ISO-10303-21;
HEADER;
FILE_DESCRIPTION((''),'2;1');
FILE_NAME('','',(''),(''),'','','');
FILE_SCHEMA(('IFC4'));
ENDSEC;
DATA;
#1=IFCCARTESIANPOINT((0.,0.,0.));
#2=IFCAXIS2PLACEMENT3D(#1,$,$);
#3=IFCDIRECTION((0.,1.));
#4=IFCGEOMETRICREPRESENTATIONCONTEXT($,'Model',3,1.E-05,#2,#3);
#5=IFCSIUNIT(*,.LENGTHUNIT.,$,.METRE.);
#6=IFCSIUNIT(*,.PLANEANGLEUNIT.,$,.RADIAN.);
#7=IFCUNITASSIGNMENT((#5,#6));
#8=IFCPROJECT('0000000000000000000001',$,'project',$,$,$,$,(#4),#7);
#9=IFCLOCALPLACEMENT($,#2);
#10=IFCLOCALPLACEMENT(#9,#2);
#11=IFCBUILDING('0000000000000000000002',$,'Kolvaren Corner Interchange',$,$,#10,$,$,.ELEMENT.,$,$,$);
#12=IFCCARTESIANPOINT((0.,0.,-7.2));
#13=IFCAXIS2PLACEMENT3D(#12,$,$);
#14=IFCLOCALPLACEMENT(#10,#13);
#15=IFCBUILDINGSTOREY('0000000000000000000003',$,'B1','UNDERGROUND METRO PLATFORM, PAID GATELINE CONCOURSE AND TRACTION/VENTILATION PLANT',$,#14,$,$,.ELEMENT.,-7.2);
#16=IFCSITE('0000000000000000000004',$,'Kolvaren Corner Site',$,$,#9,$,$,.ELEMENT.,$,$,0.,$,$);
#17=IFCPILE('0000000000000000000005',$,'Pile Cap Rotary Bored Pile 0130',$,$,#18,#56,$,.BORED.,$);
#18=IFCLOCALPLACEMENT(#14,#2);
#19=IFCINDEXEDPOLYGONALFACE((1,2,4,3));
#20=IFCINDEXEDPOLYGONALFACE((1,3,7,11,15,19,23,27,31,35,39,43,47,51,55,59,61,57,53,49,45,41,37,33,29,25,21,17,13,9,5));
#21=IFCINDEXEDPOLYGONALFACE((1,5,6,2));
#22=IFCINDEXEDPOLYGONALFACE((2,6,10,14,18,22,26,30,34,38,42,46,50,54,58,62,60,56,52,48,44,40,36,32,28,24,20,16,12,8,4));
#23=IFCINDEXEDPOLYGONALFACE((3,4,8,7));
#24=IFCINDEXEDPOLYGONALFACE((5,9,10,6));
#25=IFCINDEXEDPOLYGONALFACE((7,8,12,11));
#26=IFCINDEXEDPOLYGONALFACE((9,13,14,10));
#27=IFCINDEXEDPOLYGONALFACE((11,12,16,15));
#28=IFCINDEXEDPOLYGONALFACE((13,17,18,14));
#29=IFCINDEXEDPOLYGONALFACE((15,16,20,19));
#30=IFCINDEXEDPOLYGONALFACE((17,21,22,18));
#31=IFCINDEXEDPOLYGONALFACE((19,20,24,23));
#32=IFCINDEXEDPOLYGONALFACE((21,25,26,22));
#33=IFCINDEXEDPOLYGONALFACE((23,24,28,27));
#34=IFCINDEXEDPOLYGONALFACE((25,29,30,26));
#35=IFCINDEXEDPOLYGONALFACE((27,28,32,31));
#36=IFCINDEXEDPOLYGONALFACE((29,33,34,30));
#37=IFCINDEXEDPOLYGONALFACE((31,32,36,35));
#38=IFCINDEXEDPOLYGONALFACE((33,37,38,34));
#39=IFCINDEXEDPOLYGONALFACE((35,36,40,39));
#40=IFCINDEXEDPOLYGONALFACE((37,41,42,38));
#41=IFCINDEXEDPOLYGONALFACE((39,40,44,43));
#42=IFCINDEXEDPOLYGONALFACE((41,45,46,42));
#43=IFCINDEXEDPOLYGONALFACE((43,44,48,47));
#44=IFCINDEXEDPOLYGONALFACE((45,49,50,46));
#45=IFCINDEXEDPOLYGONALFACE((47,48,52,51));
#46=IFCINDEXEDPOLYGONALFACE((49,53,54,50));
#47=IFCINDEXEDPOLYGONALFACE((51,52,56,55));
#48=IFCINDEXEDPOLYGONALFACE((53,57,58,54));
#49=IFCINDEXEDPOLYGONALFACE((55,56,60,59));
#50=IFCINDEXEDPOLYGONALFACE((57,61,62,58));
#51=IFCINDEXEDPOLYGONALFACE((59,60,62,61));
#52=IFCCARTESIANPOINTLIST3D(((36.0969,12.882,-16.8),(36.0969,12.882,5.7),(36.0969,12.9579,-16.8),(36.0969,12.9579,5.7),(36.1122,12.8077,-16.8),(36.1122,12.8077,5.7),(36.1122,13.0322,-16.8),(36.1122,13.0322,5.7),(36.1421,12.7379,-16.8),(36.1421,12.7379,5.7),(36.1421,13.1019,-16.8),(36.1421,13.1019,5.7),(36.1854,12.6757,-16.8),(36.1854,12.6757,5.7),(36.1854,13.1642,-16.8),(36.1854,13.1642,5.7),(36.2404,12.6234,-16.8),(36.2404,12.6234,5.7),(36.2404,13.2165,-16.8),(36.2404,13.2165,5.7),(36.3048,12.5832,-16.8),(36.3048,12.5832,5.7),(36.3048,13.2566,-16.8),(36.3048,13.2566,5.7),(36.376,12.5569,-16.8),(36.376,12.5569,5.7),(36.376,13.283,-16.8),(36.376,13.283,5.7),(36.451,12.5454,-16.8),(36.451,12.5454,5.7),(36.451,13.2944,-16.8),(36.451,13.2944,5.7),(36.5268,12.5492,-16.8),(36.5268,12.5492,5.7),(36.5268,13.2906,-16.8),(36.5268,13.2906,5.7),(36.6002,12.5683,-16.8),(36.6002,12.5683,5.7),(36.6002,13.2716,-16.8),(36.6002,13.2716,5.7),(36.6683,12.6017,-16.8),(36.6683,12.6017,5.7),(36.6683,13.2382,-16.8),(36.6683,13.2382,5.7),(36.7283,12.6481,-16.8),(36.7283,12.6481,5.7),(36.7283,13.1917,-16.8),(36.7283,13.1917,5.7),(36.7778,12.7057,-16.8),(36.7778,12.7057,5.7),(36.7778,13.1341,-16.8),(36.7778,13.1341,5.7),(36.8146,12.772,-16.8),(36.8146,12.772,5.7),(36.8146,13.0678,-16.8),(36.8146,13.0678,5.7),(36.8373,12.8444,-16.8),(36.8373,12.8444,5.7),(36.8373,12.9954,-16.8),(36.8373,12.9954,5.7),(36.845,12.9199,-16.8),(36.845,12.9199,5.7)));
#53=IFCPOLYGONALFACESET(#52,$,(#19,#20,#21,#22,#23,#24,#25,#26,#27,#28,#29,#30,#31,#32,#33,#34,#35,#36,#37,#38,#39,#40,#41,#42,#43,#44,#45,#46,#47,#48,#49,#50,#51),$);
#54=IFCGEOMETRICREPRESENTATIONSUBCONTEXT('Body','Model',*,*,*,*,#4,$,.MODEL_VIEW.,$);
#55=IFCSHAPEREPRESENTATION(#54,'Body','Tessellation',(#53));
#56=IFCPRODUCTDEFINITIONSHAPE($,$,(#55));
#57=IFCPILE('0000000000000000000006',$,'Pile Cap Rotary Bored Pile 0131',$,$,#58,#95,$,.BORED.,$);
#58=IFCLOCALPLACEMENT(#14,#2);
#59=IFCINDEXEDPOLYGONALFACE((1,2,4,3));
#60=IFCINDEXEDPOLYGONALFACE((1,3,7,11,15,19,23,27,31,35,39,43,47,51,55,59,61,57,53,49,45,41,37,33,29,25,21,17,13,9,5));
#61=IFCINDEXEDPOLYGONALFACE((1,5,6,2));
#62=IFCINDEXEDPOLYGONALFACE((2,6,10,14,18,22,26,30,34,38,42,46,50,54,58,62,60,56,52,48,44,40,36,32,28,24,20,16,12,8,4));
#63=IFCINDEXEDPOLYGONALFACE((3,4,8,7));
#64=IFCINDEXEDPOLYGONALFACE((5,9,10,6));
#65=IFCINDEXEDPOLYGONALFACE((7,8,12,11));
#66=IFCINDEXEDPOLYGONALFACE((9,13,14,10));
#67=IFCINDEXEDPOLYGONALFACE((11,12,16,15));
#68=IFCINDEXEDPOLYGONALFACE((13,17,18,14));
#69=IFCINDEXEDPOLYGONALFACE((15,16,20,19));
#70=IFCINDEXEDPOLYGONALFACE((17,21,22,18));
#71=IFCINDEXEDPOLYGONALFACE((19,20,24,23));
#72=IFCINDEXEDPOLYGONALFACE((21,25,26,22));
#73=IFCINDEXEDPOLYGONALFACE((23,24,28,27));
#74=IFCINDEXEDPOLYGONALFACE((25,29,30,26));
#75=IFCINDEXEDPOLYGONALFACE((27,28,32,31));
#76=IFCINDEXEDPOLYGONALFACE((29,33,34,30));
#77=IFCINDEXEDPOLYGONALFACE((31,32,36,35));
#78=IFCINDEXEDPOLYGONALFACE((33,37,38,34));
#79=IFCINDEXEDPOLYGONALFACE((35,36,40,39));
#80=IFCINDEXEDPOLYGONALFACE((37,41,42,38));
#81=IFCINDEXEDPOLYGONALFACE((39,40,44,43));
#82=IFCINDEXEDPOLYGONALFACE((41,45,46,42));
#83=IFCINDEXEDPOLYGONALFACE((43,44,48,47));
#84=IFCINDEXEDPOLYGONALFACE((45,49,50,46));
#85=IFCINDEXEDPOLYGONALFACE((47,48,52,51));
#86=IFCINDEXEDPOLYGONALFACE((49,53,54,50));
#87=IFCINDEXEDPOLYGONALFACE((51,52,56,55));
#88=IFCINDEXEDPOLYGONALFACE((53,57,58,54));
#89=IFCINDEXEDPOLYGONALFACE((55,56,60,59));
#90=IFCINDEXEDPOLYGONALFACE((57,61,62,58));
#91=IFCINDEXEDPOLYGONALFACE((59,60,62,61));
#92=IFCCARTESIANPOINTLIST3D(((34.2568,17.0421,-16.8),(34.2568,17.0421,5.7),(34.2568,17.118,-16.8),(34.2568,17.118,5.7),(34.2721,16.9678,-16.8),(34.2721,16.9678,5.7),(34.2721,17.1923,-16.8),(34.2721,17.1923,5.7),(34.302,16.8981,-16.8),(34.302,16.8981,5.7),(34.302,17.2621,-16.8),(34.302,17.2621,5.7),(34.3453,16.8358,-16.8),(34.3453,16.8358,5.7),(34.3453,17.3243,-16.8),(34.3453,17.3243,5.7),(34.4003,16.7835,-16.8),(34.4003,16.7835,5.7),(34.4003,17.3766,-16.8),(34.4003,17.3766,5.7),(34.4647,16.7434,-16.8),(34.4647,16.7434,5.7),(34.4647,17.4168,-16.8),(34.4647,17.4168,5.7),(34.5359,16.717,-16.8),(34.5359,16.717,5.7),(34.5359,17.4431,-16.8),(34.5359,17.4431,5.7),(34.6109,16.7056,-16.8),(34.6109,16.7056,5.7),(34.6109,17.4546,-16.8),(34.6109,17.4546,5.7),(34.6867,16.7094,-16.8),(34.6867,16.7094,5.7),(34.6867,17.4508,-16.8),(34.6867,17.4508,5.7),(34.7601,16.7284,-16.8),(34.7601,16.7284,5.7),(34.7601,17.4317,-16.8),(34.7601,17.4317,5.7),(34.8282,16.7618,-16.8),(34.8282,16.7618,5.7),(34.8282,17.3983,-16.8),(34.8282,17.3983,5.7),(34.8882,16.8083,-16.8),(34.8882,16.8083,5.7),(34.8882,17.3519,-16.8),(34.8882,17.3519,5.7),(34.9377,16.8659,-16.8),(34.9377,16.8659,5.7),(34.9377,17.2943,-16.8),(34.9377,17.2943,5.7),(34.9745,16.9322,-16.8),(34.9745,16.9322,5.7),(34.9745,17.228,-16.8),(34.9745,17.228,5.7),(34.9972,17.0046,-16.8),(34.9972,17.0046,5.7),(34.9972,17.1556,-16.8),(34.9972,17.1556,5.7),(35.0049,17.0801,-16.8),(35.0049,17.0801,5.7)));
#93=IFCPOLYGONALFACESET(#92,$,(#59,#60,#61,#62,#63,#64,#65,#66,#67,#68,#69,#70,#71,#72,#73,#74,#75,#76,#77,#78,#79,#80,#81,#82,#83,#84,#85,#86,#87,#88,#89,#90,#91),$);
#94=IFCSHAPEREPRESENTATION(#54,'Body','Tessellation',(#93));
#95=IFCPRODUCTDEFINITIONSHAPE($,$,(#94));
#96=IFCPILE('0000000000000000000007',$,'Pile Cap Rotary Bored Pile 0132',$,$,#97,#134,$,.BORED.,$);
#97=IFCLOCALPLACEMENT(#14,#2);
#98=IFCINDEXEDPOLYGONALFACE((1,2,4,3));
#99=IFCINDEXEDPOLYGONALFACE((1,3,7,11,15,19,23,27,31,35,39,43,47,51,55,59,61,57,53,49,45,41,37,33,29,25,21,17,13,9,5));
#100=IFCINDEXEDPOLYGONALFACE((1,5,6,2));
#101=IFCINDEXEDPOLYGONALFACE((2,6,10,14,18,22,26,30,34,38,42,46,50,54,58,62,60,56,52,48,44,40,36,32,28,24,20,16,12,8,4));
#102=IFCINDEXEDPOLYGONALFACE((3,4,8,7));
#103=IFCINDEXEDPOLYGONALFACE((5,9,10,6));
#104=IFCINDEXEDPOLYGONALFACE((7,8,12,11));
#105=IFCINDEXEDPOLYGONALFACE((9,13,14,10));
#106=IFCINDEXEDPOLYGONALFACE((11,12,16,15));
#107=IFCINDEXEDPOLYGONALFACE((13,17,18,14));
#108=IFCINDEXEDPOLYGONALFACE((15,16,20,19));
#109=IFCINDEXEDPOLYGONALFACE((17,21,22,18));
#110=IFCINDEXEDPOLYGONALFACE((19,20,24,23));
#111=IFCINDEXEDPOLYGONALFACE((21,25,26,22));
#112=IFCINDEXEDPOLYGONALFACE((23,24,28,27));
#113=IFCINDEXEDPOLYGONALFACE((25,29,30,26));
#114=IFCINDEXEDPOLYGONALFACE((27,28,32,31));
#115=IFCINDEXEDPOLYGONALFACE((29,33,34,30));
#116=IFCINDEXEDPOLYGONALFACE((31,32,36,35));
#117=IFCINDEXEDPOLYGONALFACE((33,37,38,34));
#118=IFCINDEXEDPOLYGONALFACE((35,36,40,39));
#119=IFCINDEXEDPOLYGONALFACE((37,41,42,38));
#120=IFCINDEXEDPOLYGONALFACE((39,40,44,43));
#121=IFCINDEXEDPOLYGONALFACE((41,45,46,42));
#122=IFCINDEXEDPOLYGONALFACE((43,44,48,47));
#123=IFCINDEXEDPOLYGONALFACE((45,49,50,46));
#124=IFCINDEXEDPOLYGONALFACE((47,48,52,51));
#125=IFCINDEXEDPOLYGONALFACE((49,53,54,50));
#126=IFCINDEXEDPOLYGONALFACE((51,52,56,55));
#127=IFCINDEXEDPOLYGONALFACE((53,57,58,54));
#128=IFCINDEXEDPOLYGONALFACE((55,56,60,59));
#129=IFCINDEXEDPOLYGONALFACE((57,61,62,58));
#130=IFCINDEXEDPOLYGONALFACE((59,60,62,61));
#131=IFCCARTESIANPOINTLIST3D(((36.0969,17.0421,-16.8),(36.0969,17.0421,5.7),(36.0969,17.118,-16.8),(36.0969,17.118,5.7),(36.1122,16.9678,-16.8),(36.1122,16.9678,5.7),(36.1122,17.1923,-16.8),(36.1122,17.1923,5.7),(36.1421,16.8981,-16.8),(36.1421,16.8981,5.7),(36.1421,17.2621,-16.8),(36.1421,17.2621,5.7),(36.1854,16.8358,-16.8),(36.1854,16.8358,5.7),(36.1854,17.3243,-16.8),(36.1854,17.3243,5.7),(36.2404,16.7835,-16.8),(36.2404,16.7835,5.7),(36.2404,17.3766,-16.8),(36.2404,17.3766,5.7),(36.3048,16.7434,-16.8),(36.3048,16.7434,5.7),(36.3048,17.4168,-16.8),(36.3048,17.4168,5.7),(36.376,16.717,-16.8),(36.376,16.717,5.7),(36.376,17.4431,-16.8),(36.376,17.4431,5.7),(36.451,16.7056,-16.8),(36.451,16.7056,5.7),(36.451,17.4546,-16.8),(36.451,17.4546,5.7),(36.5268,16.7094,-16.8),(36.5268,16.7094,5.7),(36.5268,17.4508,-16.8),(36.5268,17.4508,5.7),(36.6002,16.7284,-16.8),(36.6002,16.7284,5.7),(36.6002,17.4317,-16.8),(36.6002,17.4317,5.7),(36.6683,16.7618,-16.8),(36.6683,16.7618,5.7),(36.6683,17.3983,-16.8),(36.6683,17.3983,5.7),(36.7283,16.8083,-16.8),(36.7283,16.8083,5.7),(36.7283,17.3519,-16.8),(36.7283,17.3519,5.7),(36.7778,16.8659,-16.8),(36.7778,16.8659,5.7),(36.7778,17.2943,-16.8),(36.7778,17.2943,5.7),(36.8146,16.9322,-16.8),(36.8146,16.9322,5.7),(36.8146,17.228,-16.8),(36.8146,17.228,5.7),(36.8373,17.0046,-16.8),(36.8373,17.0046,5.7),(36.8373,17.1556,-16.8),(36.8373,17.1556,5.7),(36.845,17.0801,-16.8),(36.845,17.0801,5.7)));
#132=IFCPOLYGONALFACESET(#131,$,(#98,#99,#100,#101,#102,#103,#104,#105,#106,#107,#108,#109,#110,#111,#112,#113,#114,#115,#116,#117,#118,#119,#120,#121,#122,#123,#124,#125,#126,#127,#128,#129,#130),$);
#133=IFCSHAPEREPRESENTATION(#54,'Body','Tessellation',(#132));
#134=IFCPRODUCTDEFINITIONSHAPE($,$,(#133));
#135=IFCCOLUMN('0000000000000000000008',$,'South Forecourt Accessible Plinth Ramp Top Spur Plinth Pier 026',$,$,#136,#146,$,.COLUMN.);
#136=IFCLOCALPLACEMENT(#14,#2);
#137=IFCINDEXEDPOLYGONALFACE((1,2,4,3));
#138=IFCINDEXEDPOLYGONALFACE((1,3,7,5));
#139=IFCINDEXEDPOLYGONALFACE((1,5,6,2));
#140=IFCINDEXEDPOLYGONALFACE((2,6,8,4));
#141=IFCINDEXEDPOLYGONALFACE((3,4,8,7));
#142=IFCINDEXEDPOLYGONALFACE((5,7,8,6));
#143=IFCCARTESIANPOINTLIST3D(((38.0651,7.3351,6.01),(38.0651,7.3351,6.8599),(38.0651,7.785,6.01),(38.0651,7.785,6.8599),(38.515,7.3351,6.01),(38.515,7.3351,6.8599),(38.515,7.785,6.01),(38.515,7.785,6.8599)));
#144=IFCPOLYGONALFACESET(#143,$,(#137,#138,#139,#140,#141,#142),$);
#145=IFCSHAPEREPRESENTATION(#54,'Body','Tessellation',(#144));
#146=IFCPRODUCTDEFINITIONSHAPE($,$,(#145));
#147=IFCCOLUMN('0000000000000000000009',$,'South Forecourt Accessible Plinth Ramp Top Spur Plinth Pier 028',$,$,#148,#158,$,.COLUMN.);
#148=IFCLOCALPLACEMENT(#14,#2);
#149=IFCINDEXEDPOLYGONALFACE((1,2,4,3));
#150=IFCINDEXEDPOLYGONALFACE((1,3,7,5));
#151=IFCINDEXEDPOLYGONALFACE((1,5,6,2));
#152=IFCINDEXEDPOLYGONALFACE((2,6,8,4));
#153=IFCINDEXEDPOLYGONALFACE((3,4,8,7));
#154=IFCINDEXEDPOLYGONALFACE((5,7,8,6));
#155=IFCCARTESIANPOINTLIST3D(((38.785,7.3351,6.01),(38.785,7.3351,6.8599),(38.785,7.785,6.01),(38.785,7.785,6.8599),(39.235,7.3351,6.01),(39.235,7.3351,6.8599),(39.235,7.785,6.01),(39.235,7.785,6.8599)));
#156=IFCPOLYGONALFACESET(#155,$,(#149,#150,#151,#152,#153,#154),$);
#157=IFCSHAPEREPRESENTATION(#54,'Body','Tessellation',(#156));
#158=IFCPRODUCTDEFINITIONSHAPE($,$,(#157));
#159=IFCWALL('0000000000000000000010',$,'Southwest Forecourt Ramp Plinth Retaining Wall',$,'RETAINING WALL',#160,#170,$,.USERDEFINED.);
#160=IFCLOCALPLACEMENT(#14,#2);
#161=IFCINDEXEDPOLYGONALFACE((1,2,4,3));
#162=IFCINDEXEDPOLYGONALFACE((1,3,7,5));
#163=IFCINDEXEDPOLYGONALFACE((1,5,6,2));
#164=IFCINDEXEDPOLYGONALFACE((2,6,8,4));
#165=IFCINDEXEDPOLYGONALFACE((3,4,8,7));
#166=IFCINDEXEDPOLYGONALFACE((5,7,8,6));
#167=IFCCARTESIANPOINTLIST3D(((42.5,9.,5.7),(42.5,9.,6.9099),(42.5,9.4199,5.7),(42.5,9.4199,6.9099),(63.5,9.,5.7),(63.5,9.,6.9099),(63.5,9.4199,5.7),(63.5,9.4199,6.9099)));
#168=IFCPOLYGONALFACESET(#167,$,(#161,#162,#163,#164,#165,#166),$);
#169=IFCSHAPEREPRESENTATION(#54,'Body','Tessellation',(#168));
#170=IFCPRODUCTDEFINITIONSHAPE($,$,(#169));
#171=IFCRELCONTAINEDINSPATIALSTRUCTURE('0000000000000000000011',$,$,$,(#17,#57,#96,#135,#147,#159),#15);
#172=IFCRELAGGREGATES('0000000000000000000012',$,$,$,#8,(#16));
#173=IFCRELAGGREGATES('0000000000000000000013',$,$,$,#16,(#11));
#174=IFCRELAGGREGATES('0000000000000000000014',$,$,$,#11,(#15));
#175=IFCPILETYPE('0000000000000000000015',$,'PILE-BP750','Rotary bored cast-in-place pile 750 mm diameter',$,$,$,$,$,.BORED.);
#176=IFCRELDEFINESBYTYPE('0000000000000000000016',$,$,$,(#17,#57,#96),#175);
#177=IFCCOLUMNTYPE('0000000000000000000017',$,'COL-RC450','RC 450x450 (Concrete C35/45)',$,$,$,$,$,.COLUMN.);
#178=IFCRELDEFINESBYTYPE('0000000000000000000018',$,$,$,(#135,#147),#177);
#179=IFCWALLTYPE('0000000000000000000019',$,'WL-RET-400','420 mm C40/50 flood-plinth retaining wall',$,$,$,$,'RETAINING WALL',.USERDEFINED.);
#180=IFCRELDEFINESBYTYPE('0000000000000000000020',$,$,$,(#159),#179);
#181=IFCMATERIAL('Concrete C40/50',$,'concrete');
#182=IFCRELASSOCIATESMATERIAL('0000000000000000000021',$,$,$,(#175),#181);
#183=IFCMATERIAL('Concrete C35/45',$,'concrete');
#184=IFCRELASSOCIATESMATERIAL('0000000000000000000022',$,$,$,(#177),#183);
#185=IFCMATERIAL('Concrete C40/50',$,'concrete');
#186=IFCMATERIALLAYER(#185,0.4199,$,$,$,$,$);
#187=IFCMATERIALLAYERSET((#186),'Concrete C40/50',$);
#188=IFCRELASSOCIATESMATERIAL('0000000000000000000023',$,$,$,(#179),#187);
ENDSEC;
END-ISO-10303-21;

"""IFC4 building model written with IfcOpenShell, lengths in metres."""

from ifc_helpers import new_model, si_unit, direction, frame, frame_2d, origin, origin_2d, place, context, subcontext, project, spatial, rectangle, circle, extrude, material, layer, layer_set, material_profile, profile_set, type_object, element, save


model = new_model("IFC4")

# Units and contexts
model_context = context("Model", 3, precision=1e-05, world=origin(), true_north=direction((0.0, 1.0)))
body_context = subcontext(model_context, "Body", "Model", "MODEL_VIEW")
ifc_project = project(units=[si_unit("LENGTHUNIT", "METRE"), si_unit("PLANEANGLEUNIT", "RADIAN")], contexts=[model_context])

# Site, building, storey
site_placement = place(None, origin())
site = spatial("IfcSite", under=ifc_project, at=site_placement, Name="Kolvaren Corner Site", CompositionType="ELEMENT", RefElevation=0.0)
building_placement = place(site_placement, origin())
building = spatial("IfcBuilding", under=site, at=building_placement, Name="Kolvaren Corner Interchange", CompositionType="ELEMENT")
storey_placement = place(building_placement, frame((0.0, 0.0, -7.2)))
storey = spatial("IfcBuildingStorey", under=building, at=storey_placement, Name="B1", Description="UNDERGROUND METRO PLATFORM, PAID GATELINE CONCOURSE AND TRACTION/VENTILATION PLANT", CompositionType="ELEMENT", Elevation=-7.2)

# Piles
ifc_material_1 = material(Name="Concrete C40/50", Category="concrete")
ifc_material_profile_1 = material_profile(ifc_material_1, circle(Radius=0.375, at=origin_2d()), Name="BORED PILE 750")
ifc_profile_set_1 = profile_set([ifc_material_profile_1], Name="Concrete C40/50")
pile_type_1 = type_object("IfcPileType", Name="PILE-BP750", Description="Rotary bored cast-in-place pile 750 mm diameter", PredefinedType="BORED", material=ifc_profile_set_1)
for number, where, z_axis, x_axis, name in (
    (1, (36.47, 12.9199, 5.7), (0.0, 0.0, -1.0), (1.0, 0.0, 0.0), "Pile Cap Rotary Bored Pile 0130"),
    (2, (34.6299, 17.0801, 5.7), (0.0, 0.0, -1.0), (1.0, 0.0, 0.0), "Pile Cap Rotary Bored Pile 0131"),
    (3, (36.47, 17.0801, 5.7), (0.0, 0.0, -1.0), (1.0, 0.0, 0.0), "Pile Cap Rotary Bored Pile 0132"),
):
    element("IfcPile", number, at=place(storey_placement, frame(where, z_axis=z_axis, x_axis=x_axis)), inside=storey, type_object=pile_type_1, Name=name, PredefinedType="BORED", context=body_context, shape_type="SweptSolid", body=[
        extrude(circle(Radius=0.375, at=origin_2d()), origin(), (0.0, 0.0, 1.0), 22.5),
    ])

# Columns
ifc_material_2 = material(Name="Concrete C35/45", Category="concrete")
ifc_material_profile_2 = material_profile(ifc_material_2, rectangle(XDim=0.45, YDim=0.45, at=origin_2d()), Name="RC 450x450")
ifc_profile_set_2 = profile_set([ifc_material_profile_2], Name="Concrete C35/45")
column_type = type_object("IfcColumnType", Name="COL-RC450", Description="RC 450x450 (Concrete C35/45)", PredefinedType="COLUMN", material=ifc_profile_set_2)
for number, where, z_axis, x_axis, name in (
    (4, (38.29, 7.5601, 6.01), (0.0, 0.0, 1.0), (1.0, 0.0, 0.0), "South Forecourt Accessible Plinth Ramp Top Spur Plinth Pier 026"),
    (5, (39.01, 7.5601, 6.01), (0.0, 0.0, 1.0), (1.0, 0.0, 0.0), "South Forecourt Accessible Plinth Ramp Top Spur Plinth Pier 028"),
):
    element("IfcColumn", number, at=place(storey_placement, frame(where, z_axis=z_axis, x_axis=x_axis)), inside=storey, type_object=column_type, Name=name, PredefinedType="COLUMN", context=body_context, shape_type="SweptSolid", body=[
        extrude(rectangle(XDim=0.45, YDim=0.45, at=origin_2d()), origin(), (0.0, 0.0, 1.0), 0.8499),
    ])

# Wall
ifc_material_3 = material(Name="Concrete C40/50", Category="concrete")
ifc_layer = layer(ifc_material_3, 0.4199)
ifc_layer_set = layer_set([ifc_layer], Name="Concrete C40/50")
wall_type = type_object("IfcWallType", Name="WL-RET-400", Description="420 mm C40/50 flood-plinth retaining wall", ElementType="RETAINING WALL", PredefinedType="USERDEFINED", material=ifc_layer_set)
wall_placement = place(storey_placement, frame((42.5, 9.21, 5.7), z_axis=(0.0, 0.0, 1.0), x_axis=(1.0, 0.0, 0.0)))
element("IfcWall", 6, at=wall_placement, inside=storey, type_object=wall_type, Name="Southwest Forecourt Ramp Plinth Retaining Wall", ObjectType="RETAINING WALL", PredefinedType="USERDEFINED", context=body_context, shape_type="SweptSolid", body=[
    extrude(rectangle(XDim=21.0, YDim=0.4199, at=frame_2d((10.5, 0.0))), origin(), (0.0, 0.0, 1.0), 1.21),
])

save(model, "model.ifc")
